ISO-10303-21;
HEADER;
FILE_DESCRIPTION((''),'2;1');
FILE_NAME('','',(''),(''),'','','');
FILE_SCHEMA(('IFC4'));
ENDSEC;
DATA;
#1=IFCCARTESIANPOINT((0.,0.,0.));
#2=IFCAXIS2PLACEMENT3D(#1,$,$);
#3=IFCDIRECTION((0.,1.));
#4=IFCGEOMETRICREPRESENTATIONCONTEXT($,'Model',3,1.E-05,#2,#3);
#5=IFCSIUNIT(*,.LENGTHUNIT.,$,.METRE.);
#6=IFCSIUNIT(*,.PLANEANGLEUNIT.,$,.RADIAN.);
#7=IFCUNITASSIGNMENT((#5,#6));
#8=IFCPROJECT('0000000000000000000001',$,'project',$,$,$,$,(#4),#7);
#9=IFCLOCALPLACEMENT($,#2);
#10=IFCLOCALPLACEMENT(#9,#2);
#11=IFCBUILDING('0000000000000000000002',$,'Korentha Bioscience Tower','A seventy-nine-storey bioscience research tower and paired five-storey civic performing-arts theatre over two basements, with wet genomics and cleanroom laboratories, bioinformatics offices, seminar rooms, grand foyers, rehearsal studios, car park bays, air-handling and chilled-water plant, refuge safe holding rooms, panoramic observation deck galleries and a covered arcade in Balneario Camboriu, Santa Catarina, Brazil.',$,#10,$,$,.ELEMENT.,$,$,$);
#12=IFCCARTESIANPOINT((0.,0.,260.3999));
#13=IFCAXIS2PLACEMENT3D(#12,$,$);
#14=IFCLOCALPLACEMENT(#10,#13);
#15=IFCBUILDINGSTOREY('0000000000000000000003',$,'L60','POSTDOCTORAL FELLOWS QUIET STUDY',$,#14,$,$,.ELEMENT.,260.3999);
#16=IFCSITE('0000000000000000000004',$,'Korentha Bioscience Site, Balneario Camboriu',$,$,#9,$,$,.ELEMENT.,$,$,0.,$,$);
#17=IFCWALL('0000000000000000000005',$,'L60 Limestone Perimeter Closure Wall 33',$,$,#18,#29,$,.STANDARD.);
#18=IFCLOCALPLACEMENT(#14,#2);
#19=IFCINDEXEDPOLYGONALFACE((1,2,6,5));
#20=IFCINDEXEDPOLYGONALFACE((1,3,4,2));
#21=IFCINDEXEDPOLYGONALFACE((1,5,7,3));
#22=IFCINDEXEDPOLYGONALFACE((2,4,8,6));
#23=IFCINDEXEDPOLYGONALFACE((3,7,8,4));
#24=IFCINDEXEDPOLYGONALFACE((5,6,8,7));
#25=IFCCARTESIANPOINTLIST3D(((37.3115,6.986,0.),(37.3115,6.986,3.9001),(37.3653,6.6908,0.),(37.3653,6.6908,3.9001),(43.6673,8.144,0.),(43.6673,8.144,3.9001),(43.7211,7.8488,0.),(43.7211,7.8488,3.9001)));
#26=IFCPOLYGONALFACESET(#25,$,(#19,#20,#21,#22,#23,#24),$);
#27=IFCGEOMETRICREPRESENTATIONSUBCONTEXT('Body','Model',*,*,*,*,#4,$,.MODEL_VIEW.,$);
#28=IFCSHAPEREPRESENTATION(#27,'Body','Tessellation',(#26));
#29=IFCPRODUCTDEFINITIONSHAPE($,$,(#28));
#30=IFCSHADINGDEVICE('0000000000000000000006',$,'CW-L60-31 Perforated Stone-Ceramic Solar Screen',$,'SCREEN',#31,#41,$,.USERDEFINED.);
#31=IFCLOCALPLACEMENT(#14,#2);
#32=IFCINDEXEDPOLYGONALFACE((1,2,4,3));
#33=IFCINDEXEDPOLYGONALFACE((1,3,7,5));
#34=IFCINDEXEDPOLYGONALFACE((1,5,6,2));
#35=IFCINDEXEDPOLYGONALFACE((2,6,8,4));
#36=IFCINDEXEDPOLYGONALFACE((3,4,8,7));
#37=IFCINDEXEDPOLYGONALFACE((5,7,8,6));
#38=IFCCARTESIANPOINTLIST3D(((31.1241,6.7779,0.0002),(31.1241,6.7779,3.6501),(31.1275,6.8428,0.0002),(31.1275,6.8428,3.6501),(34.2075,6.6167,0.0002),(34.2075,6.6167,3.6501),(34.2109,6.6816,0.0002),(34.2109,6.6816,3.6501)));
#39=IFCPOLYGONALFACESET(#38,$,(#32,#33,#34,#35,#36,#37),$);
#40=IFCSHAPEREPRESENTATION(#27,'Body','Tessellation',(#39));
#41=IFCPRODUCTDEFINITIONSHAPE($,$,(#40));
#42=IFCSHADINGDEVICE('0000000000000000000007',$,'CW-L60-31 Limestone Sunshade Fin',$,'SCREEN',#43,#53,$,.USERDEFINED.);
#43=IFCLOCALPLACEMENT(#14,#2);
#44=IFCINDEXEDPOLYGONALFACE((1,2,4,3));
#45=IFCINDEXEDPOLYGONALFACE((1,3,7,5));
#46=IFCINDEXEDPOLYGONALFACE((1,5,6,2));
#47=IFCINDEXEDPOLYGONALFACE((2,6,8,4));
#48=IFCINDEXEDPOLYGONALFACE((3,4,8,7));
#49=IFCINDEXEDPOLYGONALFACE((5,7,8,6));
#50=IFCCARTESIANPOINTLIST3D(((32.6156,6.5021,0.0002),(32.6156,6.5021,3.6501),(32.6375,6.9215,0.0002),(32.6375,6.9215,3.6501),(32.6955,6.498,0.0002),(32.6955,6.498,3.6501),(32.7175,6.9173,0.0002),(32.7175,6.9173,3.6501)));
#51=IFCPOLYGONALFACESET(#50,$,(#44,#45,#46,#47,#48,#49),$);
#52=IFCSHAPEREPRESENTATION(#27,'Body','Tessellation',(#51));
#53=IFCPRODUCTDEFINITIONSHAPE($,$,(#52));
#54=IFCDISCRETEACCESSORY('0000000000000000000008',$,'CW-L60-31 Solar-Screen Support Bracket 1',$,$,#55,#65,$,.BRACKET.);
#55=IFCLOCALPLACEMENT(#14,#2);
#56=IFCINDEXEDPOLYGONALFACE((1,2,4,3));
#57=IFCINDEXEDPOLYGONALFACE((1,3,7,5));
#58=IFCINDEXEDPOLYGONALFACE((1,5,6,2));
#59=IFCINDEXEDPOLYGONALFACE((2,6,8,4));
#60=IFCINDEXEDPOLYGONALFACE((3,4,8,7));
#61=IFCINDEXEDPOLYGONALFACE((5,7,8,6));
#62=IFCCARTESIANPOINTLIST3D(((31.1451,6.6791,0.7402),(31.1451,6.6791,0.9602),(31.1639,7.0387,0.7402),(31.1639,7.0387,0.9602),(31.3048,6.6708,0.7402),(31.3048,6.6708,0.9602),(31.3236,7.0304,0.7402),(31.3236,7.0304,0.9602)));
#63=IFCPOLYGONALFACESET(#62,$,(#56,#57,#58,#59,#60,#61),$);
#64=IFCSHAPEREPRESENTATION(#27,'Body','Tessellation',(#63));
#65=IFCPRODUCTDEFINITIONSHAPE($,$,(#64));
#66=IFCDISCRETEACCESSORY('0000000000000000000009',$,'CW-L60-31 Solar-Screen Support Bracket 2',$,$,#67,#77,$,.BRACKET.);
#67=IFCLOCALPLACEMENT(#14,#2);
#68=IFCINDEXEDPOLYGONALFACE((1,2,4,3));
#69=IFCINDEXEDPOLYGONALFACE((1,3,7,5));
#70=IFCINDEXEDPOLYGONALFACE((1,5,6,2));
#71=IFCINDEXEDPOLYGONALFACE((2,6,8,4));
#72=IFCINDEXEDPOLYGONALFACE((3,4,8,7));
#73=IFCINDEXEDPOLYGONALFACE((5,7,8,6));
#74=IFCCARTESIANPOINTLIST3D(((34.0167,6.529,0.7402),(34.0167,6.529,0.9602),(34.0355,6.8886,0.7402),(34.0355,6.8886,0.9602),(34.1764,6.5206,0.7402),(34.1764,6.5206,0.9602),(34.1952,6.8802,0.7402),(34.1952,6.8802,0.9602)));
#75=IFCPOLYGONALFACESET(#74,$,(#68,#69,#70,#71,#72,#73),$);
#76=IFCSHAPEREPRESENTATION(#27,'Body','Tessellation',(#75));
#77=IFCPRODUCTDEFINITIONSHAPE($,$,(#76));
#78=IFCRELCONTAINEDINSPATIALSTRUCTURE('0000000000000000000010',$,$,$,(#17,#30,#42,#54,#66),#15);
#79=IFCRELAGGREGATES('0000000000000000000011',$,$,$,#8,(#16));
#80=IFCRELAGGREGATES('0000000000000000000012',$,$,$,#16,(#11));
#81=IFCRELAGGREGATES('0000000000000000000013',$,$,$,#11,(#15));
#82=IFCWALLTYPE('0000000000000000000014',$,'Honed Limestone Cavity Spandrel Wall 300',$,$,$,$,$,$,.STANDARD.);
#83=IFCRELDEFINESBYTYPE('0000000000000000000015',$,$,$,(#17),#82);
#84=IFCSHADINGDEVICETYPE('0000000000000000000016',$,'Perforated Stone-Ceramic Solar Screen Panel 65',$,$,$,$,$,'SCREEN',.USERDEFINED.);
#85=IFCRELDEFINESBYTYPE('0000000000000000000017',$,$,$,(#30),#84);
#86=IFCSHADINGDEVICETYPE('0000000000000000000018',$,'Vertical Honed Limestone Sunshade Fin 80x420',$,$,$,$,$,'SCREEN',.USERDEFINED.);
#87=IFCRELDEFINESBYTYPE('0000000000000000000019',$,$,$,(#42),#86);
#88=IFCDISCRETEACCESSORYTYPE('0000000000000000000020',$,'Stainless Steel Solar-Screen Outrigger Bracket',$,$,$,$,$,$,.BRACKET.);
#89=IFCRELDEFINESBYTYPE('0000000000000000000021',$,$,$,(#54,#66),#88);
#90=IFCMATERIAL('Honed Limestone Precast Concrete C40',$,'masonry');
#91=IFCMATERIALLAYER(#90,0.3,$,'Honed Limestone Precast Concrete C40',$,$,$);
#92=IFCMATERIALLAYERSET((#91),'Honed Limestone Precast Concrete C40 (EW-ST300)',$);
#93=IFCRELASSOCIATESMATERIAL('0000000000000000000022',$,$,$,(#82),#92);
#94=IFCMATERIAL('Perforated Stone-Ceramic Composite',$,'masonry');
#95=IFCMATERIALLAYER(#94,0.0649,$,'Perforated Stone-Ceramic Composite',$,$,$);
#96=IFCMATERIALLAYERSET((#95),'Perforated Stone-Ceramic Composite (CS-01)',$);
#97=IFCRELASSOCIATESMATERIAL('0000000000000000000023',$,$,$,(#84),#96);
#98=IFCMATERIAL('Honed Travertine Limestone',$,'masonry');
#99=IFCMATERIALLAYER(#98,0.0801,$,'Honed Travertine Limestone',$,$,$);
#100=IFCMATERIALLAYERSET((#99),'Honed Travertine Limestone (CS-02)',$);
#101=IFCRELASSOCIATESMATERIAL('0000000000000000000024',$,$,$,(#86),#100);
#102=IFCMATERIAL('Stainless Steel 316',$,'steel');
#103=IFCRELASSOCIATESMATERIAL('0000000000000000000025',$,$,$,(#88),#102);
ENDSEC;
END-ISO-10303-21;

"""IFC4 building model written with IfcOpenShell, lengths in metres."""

from ifc_helpers import new_model, si_unit, direction, frame, frame_2d, origin, origin_2d, place, context, subcontext, project, spatial, rectangle, extrude, material, layer, layer_set, type_object, element, save


model = new_model("IFC4")

# Units and contexts
model_context = context("Model", 3, precision=1e-05, world=origin(), true_north=direction((0.0, 1.0)))
body_context = subcontext(model_context, "Body", "Model", "MODEL_VIEW")
ifc_project = project(units=[si_unit("LENGTHUNIT", "METRE"), si_unit("PLANEANGLEUNIT", "RADIAN")], contexts=[model_context])

# Site, building, storey
site_placement = place(None, origin())
site = spatial("IfcSite", under=ifc_project, at=site_placement, Name="Korentha Bioscience Site, Balneario Camboriu", CompositionType="ELEMENT", RefElevation=0.0)
building_placement = place(site_placement, origin())
building = spatial("IfcBuilding", under=site, at=building_placement, Name="Korentha Bioscience Tower", Description="A seventy-nine-storey bioscience research tower and paired five-storey civic performing-arts theatre over two basements, with wet genomics and cleanroom laboratories, bioinformatics offices, seminar rooms, grand foyers, rehearsal studios, car park bays, air-handling and chilled-water plant, refuge safe holding rooms, panoramic observation deck galleries and a covered arcade in Balneario Camboriu, Santa Catarina, Brazil.", CompositionType="ELEMENT")
storey_placement = place(building_placement, frame((0.0, 0.0, 260.3999)))
storey = spatial("IfcBuildingStorey", under=building, at=storey_placement, Name="L60", Description="POSTDOCTORAL FELLOWS QUIET STUDY", CompositionType="ELEMENT", Elevation=260.3999)

# Shared definitions
ifc_material_1 = material(Name="Honed Limestone Precast Concrete C40", Category="masonry")
ifc_layer_1 = layer(ifc_material_1, 0.3, Name="Honed Limestone Precast Concrete C40")
ifc_layer_set_1 = layer_set([ifc_layer_1], Name="Honed Limestone Precast Concrete C40 (EW-ST300)")
wall_type_1 = type_object("IfcWallType", Name="Honed Limestone Cavity Spandrel Wall 300", PredefinedType="STANDARD", material=ifc_layer_set_1)

# Wall
wall_1_placement = place(storey_placement, frame((37.3384, 6.8384, 0.0), z_axis=(0.0, 0.0, 1.0), x_axis=(0.983805, 0.179241, 0.0)))
element("IfcWall", 1, at=wall_1_placement, inside=storey, type_object=wall_type_1, Name="L60 Limestone Perimeter Closure Wall 33", PredefinedType="STANDARD", context=body_context, shape_type="SweptSolid", body=[
    extrude(rectangle(XDim=6.4604, YDim=0.3, at=frame_2d((3.2302, 0.0))), origin(), (0.0, 0.0, 1.0), 3.9001),
])

# Shading devices
ifc_material_2 = material(Name="Perforated Stone-Ceramic Composite", Category="masonry")
ifc_layer_2 = layer(ifc_material_2, 0.0649, Name="Perforated Stone-Ceramic Composite")
ifc_layer_set_2 = layer_set([ifc_layer_2], Name="Perforated Stone-Ceramic Composite (CS-01)")
shading_device_type_1 = type_object("IfcShadingDeviceType", Name="Perforated Stone-Ceramic Solar Screen Panel 65", ElementType="SCREEN", PredefinedType="USERDEFINED", material=ifc_layer_set_2)
shading_device_1_placement = place(storey_placement, frame((32.6675, 6.7297, 0.0002), z_axis=(0.0, 0.0, 1.0), x_axis=(0.998636, -0.05221, 0.0)))
element("IfcShadingDevice", 2, at=shading_device_1_placement, inside=storey, type_object=shading_device_type_1, Name="CW-L60-31 Perforated Stone-Ceramic Solar Screen", ObjectType="SCREEN", PredefinedType="USERDEFINED", context=body_context, shape_type="SweptSolid", body=[
    extrude(rectangle(XDim=3.0876, YDim=0.0649, at=origin_2d()), origin(), (0.0, 0.0, 1.0), 3.6499),
])
ifc_material_3 = material(Name="Honed Travertine Limestone", Category="masonry")
ifc_layer_3 = layer(ifc_material_3, 0.0801, Name="Honed Travertine Limestone")
ifc_layer_set_3 = layer_set([ifc_layer_3], Name="Honed Travertine Limestone (CS-02)")
shading_device_type_2 = type_object("IfcShadingDeviceType", Name="Vertical Honed Limestone Sunshade Fin 80x420", ElementType="SCREEN", PredefinedType="USERDEFINED", material=ifc_layer_set_3)
shading_device_2_placement = place(storey_placement, frame((32.6665, 6.7097, 0.0002), z_axis=(0.0, 0.0, 1.0), x_axis=(0.998636, -0.05221, 0.0)))
element("IfcShadingDevice", 3, at=shading_device_2_placement, inside=storey, type_object=shading_device_type_2, Name="CW-L60-31 Limestone Sunshade Fin", ObjectType="SCREEN", PredefinedType="USERDEFINED", context=body_context, shape_type="SweptSolid", body=[
    extrude(rectangle(XDim=0.0801, YDim=0.4199, at=origin_2d()), origin(), (0.0, 0.0, 1.0), 3.6499),
])

# Discrete accessories
ifc_material_4 = material(Name="Stainless Steel 316", Category="steel")
discrete_accessory_type = type_object("IfcDiscreteAccessoryType", Name="Stainless Steel Solar-Screen Outrigger Bracket", PredefinedType="BRACKET", material=ifc_material_4)
for number, where, z_axis, x_axis, name in (
    (4, (31.2344, 6.8547, 0.7402), (0.0, 0.0, 1.0), (0.998636, -0.05221, 0.0), "CW-L60-31 Solar-Screen Support Bracket 1"),
    (5, (34.106, 6.7046, 0.7402), (0.0, 0.0, 1.0), (0.998636, -0.05221, 0.0), "CW-L60-31 Solar-Screen Support Bracket 2"),
):
    element("IfcDiscreteAccessory", number, at=place(storey_placement, frame(where, z_axis=z_axis, x_axis=x_axis)), inside=storey, type_object=discrete_accessory_type, Name=name, PredefinedType="BRACKET", context=body_context, shape_type="SweptSolid", body=[
        extrude(rectangle(XDim=0.1599, YDim=0.3601, at=origin_2d()), origin(), (0.0, 0.0, 1.0), 0.22),
    ])

save(model, "model.ifc")
